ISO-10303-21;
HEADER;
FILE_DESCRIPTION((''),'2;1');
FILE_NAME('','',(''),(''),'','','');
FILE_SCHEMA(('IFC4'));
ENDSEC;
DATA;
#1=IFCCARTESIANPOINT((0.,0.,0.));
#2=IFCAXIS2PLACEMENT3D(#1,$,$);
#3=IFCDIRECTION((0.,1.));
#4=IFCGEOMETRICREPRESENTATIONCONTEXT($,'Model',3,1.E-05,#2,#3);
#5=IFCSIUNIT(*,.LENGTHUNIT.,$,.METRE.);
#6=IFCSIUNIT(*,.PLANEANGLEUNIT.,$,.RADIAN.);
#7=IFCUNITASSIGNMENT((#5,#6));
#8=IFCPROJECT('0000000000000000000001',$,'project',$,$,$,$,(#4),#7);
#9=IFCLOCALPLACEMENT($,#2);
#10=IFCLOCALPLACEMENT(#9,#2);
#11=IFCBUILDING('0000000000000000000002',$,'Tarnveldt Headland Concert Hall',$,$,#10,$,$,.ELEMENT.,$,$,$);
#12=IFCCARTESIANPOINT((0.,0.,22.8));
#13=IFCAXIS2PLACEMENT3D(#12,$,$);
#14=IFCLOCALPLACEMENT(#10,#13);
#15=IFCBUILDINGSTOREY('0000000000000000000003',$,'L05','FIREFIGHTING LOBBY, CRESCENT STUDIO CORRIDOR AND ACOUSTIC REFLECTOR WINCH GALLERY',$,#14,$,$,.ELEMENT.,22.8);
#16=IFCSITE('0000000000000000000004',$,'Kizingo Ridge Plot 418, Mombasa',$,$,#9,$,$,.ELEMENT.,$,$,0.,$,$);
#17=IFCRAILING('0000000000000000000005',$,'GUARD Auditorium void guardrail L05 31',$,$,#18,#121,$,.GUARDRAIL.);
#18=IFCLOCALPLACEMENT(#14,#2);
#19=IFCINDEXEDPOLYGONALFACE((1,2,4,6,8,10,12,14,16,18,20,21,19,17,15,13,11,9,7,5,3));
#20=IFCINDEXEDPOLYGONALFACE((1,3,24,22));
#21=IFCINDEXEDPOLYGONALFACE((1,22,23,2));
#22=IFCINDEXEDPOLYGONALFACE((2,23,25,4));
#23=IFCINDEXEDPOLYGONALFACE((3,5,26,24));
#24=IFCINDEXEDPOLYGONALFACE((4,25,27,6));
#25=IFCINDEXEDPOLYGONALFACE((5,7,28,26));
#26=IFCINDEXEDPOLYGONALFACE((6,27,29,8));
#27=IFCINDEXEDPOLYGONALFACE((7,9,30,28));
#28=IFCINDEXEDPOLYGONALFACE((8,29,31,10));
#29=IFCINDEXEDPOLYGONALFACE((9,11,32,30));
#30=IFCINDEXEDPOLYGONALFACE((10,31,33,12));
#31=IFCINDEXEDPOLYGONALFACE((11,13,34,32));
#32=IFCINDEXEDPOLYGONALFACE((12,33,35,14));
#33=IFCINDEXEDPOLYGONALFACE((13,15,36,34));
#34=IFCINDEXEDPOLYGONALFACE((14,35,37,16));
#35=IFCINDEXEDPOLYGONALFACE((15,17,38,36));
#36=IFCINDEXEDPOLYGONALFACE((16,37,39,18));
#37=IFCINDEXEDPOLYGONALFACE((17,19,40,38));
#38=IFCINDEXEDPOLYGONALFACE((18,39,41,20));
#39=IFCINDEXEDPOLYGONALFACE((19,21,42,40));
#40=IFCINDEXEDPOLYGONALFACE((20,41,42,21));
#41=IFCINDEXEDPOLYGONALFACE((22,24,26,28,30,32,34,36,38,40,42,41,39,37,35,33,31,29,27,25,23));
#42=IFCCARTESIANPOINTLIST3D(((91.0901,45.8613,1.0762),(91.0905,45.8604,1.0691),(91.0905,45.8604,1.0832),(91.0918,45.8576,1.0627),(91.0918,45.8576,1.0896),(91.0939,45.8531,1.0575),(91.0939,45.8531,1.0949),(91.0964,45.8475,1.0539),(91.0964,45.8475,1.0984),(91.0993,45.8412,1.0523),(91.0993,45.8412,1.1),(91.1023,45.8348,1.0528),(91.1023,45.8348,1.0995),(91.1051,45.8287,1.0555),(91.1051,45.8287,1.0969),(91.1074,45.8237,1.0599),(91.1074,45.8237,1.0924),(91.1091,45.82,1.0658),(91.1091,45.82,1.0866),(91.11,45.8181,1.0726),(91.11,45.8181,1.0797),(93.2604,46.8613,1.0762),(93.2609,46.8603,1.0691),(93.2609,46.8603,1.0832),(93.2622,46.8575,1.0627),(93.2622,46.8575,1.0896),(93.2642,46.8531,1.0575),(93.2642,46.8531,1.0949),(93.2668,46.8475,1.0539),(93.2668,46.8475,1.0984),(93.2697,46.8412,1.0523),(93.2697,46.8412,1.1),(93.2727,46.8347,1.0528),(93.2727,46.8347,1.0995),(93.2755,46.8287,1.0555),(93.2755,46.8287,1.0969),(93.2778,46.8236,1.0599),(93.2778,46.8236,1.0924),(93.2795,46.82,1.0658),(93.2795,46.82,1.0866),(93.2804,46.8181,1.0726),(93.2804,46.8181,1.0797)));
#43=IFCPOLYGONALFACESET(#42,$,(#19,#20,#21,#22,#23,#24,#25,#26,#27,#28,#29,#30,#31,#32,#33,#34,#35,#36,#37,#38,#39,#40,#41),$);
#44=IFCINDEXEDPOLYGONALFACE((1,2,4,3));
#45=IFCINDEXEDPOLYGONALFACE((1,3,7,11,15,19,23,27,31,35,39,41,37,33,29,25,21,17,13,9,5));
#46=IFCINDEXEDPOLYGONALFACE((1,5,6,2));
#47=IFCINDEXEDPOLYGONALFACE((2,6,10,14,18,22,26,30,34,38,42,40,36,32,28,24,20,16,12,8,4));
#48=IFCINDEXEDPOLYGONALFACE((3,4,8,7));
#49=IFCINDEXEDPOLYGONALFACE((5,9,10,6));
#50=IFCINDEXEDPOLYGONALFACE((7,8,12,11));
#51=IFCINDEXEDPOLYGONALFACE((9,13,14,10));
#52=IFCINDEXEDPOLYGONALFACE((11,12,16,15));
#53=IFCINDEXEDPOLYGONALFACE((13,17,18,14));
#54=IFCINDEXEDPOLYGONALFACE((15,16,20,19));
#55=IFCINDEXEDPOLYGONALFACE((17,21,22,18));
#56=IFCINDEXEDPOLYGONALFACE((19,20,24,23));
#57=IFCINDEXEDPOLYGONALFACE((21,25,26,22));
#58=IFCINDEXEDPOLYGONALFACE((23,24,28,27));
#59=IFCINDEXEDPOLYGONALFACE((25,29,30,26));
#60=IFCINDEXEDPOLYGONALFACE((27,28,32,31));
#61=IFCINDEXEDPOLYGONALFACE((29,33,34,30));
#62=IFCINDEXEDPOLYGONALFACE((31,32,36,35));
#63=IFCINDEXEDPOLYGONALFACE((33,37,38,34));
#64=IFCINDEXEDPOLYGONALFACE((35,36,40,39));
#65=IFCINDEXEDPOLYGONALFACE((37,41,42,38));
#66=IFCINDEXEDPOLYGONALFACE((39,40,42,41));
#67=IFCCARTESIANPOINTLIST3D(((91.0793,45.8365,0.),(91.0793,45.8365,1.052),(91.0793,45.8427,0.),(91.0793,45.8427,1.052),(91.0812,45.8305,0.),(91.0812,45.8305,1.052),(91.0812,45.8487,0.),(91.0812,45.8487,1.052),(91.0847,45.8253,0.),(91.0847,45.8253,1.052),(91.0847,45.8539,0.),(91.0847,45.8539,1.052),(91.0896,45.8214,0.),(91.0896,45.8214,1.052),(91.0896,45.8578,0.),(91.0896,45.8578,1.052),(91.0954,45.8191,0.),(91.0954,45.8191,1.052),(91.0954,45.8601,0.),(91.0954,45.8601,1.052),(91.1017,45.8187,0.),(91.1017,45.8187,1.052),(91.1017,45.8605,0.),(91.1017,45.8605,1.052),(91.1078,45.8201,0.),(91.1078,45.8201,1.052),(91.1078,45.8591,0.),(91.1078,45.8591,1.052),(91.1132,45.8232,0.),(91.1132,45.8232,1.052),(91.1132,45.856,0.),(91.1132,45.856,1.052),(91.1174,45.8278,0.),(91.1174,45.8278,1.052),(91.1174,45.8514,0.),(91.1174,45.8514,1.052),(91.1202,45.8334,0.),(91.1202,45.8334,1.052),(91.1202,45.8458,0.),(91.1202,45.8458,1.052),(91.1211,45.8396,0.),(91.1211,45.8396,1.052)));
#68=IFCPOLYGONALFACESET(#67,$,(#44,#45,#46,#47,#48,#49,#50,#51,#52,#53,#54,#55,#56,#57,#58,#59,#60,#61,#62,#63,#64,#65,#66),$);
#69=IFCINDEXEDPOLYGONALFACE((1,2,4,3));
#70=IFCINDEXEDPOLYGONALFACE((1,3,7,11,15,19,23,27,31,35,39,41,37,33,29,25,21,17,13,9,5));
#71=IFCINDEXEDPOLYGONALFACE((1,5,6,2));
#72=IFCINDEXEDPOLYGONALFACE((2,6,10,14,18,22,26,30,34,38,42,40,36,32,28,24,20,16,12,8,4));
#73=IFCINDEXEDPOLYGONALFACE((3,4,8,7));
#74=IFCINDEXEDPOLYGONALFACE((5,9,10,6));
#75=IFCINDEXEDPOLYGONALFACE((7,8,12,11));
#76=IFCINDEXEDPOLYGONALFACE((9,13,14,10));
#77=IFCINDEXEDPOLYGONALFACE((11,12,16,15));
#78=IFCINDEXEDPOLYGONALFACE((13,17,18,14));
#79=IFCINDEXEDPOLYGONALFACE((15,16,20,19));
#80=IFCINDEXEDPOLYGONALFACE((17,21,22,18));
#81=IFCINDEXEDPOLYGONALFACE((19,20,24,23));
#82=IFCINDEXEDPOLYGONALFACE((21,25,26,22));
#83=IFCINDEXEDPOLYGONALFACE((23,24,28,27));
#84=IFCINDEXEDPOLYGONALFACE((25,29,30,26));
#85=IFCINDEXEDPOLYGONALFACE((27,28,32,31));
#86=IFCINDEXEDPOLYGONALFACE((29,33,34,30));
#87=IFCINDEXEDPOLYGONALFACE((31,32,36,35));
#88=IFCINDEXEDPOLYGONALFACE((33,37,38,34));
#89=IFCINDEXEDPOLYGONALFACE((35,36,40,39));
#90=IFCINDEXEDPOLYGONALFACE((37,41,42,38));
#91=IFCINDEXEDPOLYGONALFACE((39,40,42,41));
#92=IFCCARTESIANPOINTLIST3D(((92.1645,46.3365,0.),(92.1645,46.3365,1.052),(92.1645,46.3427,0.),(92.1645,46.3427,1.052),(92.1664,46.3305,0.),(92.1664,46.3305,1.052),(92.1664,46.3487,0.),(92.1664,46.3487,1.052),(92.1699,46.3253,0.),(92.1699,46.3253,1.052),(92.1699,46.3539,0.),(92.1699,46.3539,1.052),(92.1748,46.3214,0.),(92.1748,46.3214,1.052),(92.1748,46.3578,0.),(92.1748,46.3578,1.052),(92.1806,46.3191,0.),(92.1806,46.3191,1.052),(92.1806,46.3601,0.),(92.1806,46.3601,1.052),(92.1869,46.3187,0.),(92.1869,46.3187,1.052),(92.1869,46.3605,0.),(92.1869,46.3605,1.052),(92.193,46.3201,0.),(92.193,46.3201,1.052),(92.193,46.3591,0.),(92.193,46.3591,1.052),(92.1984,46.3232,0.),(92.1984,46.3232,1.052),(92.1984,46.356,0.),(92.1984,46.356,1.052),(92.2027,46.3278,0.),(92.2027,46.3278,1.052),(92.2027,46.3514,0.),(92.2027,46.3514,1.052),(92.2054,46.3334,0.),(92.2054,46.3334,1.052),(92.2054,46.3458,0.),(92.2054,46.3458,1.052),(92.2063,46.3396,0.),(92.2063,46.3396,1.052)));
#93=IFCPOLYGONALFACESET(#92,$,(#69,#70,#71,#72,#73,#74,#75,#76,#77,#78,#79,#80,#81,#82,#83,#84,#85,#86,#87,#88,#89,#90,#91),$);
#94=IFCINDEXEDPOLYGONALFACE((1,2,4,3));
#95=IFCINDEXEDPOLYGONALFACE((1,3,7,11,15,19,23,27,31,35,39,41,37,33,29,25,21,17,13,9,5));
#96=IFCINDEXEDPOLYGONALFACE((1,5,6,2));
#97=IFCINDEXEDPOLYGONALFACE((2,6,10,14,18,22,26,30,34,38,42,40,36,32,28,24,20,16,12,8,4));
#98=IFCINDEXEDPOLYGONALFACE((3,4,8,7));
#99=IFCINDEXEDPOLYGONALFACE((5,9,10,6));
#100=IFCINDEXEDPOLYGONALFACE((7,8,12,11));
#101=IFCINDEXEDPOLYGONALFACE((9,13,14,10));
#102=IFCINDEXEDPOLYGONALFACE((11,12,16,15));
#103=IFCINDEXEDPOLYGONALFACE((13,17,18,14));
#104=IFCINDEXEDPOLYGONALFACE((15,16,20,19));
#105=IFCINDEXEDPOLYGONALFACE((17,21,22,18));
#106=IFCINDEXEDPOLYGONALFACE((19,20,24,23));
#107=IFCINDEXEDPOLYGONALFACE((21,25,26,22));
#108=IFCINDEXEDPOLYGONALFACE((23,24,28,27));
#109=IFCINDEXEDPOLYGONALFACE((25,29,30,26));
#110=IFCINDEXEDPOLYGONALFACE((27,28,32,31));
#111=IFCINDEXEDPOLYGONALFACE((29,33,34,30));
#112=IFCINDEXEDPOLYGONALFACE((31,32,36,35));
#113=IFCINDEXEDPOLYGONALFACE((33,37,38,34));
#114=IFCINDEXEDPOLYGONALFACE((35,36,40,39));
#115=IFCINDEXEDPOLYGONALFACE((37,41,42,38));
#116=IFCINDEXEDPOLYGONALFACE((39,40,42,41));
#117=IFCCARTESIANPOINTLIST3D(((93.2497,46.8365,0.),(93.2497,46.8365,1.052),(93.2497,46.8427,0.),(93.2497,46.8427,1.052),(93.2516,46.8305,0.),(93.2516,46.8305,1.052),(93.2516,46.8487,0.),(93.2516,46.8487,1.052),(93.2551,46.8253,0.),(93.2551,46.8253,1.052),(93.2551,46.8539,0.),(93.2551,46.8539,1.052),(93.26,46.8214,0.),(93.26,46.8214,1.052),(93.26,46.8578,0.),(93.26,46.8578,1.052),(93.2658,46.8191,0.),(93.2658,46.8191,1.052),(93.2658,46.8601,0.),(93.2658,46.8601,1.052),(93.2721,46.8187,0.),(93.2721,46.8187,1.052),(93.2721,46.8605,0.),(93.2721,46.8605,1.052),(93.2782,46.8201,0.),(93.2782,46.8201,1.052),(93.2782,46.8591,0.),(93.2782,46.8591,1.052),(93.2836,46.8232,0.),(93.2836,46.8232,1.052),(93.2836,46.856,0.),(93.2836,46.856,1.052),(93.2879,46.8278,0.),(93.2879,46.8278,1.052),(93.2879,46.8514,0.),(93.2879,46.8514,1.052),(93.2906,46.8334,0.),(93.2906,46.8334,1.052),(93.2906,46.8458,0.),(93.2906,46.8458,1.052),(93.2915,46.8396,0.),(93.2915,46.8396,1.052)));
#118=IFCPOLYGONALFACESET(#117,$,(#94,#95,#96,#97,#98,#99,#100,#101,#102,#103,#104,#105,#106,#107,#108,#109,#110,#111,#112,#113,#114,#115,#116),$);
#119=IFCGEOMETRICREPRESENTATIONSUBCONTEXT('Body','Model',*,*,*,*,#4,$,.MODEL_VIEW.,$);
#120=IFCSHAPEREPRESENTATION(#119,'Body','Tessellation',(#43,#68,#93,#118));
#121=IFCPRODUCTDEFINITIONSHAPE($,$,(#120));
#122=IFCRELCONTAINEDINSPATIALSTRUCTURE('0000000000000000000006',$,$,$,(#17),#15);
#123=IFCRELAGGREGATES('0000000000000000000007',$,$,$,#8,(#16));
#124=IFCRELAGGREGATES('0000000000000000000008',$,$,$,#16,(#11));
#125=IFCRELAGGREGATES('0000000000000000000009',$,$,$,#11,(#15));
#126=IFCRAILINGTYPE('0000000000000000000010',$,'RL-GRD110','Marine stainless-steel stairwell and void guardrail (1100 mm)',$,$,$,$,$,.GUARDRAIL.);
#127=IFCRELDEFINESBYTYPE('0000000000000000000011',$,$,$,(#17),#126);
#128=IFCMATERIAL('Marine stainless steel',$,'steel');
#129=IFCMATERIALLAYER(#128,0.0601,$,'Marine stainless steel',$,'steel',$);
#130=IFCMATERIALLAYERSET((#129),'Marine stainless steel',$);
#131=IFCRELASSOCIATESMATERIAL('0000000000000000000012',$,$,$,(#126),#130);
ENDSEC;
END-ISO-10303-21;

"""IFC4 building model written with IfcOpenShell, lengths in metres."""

from ifc_helpers import new_model, si_unit, direction, frame, origin, origin_2d, place, context, subcontext, project, spatial, circle, extrude, material, layer, layer_set, type_object, element, save


model = new_model("IFC4")

# Units and contexts
model_context = context("Model", 3, precision=1e-05, world=origin(), true_north=direction((0.0, 1.0)))
body_context = subcontext(model_context, "Body", "Model", "MODEL_VIEW")
ifc_project = project(units=[si_unit("LENGTHUNIT", "METRE"), si_unit("PLANEANGLEUNIT", "RADIAN")], contexts=[model_context])

# Site, building, storey
site_placement = place(None, origin())
site = spatial("IfcSite", under=ifc_project, at=site_placement, Name="Kizingo Ridge Plot 418, Mombasa", CompositionType="ELEMENT", RefElevation=0.0)
building_placement = place(site_placement, origin())
building = spatial("IfcBuilding", under=site, at=building_placement, Name="Tarnveldt Headland Concert Hall", CompositionType="ELEMENT")
storey_placement = place(building_placement, frame((0.0, 0.0, 22.8)))
storey = spatial("IfcBuildingStorey", under=building, at=storey_placement, Name="L05", Description="FIREFIGHTING LOBBY, CRESCENT STUDIO CORRIDOR AND ACOUSTIC REFLECTOR WINCH GALLERY", CompositionType="ELEMENT", Elevation=22.8)

# Railing
ifc_material_1 = material(Name="Marine stainless steel", Category="steel")
ifc_layer_1 = layer(ifc_material_1, 0.0601, Name="Marine stainless steel", Category="steel")
ifc_layer_set_1 = layer_set([ifc_layer_1], Name="Marine stainless steel")
railing_type = type_object("IfcRailingType", Name="RL-GRD110", Description="Marine stainless-steel stairwell and void guardrail (1100 mm)", PredefinedType="GUARDRAIL", material=ifc_layer_set_1)
railing_1_placement = place(storey_placement, frame((91.1001, 45.8396, 0.0)))
element("IfcRailing", 1, at=railing_1_placement, inside=storey, type_object=railing_type, Name="GUARD Auditorium void guardrail L05 31", PredefinedType="GUARDRAIL", context=body_context, shape_type="SweptSolid", body=[
    extrude(circle(Radius=0.0239, at=origin_2d()), frame((0.0, 0.0, 1.0762), z_axis=(0.908234, 0.418462, 0.0), x_axis=(-0.418462, 0.908234, 0.0)), (0.0, 0.0, 1.0), 2.3896),
    extrude(circle(Radius=0.021, at=origin_2d()), origin(), (0.0, 0.0, 1.0), 1.052),
    extrude(circle(Radius=0.021, at=origin_2d()), frame((1.0852, 0.5, 0.0)), (0.0, 0.0, 1.0), 1.052),
    extrude(circle(Radius=0.021, at=origin_2d()), frame((2.1704, 1.0, 0.0)), (0.0, 0.0, 1.0), 1.052),
])

save(model, "model.ifc")
